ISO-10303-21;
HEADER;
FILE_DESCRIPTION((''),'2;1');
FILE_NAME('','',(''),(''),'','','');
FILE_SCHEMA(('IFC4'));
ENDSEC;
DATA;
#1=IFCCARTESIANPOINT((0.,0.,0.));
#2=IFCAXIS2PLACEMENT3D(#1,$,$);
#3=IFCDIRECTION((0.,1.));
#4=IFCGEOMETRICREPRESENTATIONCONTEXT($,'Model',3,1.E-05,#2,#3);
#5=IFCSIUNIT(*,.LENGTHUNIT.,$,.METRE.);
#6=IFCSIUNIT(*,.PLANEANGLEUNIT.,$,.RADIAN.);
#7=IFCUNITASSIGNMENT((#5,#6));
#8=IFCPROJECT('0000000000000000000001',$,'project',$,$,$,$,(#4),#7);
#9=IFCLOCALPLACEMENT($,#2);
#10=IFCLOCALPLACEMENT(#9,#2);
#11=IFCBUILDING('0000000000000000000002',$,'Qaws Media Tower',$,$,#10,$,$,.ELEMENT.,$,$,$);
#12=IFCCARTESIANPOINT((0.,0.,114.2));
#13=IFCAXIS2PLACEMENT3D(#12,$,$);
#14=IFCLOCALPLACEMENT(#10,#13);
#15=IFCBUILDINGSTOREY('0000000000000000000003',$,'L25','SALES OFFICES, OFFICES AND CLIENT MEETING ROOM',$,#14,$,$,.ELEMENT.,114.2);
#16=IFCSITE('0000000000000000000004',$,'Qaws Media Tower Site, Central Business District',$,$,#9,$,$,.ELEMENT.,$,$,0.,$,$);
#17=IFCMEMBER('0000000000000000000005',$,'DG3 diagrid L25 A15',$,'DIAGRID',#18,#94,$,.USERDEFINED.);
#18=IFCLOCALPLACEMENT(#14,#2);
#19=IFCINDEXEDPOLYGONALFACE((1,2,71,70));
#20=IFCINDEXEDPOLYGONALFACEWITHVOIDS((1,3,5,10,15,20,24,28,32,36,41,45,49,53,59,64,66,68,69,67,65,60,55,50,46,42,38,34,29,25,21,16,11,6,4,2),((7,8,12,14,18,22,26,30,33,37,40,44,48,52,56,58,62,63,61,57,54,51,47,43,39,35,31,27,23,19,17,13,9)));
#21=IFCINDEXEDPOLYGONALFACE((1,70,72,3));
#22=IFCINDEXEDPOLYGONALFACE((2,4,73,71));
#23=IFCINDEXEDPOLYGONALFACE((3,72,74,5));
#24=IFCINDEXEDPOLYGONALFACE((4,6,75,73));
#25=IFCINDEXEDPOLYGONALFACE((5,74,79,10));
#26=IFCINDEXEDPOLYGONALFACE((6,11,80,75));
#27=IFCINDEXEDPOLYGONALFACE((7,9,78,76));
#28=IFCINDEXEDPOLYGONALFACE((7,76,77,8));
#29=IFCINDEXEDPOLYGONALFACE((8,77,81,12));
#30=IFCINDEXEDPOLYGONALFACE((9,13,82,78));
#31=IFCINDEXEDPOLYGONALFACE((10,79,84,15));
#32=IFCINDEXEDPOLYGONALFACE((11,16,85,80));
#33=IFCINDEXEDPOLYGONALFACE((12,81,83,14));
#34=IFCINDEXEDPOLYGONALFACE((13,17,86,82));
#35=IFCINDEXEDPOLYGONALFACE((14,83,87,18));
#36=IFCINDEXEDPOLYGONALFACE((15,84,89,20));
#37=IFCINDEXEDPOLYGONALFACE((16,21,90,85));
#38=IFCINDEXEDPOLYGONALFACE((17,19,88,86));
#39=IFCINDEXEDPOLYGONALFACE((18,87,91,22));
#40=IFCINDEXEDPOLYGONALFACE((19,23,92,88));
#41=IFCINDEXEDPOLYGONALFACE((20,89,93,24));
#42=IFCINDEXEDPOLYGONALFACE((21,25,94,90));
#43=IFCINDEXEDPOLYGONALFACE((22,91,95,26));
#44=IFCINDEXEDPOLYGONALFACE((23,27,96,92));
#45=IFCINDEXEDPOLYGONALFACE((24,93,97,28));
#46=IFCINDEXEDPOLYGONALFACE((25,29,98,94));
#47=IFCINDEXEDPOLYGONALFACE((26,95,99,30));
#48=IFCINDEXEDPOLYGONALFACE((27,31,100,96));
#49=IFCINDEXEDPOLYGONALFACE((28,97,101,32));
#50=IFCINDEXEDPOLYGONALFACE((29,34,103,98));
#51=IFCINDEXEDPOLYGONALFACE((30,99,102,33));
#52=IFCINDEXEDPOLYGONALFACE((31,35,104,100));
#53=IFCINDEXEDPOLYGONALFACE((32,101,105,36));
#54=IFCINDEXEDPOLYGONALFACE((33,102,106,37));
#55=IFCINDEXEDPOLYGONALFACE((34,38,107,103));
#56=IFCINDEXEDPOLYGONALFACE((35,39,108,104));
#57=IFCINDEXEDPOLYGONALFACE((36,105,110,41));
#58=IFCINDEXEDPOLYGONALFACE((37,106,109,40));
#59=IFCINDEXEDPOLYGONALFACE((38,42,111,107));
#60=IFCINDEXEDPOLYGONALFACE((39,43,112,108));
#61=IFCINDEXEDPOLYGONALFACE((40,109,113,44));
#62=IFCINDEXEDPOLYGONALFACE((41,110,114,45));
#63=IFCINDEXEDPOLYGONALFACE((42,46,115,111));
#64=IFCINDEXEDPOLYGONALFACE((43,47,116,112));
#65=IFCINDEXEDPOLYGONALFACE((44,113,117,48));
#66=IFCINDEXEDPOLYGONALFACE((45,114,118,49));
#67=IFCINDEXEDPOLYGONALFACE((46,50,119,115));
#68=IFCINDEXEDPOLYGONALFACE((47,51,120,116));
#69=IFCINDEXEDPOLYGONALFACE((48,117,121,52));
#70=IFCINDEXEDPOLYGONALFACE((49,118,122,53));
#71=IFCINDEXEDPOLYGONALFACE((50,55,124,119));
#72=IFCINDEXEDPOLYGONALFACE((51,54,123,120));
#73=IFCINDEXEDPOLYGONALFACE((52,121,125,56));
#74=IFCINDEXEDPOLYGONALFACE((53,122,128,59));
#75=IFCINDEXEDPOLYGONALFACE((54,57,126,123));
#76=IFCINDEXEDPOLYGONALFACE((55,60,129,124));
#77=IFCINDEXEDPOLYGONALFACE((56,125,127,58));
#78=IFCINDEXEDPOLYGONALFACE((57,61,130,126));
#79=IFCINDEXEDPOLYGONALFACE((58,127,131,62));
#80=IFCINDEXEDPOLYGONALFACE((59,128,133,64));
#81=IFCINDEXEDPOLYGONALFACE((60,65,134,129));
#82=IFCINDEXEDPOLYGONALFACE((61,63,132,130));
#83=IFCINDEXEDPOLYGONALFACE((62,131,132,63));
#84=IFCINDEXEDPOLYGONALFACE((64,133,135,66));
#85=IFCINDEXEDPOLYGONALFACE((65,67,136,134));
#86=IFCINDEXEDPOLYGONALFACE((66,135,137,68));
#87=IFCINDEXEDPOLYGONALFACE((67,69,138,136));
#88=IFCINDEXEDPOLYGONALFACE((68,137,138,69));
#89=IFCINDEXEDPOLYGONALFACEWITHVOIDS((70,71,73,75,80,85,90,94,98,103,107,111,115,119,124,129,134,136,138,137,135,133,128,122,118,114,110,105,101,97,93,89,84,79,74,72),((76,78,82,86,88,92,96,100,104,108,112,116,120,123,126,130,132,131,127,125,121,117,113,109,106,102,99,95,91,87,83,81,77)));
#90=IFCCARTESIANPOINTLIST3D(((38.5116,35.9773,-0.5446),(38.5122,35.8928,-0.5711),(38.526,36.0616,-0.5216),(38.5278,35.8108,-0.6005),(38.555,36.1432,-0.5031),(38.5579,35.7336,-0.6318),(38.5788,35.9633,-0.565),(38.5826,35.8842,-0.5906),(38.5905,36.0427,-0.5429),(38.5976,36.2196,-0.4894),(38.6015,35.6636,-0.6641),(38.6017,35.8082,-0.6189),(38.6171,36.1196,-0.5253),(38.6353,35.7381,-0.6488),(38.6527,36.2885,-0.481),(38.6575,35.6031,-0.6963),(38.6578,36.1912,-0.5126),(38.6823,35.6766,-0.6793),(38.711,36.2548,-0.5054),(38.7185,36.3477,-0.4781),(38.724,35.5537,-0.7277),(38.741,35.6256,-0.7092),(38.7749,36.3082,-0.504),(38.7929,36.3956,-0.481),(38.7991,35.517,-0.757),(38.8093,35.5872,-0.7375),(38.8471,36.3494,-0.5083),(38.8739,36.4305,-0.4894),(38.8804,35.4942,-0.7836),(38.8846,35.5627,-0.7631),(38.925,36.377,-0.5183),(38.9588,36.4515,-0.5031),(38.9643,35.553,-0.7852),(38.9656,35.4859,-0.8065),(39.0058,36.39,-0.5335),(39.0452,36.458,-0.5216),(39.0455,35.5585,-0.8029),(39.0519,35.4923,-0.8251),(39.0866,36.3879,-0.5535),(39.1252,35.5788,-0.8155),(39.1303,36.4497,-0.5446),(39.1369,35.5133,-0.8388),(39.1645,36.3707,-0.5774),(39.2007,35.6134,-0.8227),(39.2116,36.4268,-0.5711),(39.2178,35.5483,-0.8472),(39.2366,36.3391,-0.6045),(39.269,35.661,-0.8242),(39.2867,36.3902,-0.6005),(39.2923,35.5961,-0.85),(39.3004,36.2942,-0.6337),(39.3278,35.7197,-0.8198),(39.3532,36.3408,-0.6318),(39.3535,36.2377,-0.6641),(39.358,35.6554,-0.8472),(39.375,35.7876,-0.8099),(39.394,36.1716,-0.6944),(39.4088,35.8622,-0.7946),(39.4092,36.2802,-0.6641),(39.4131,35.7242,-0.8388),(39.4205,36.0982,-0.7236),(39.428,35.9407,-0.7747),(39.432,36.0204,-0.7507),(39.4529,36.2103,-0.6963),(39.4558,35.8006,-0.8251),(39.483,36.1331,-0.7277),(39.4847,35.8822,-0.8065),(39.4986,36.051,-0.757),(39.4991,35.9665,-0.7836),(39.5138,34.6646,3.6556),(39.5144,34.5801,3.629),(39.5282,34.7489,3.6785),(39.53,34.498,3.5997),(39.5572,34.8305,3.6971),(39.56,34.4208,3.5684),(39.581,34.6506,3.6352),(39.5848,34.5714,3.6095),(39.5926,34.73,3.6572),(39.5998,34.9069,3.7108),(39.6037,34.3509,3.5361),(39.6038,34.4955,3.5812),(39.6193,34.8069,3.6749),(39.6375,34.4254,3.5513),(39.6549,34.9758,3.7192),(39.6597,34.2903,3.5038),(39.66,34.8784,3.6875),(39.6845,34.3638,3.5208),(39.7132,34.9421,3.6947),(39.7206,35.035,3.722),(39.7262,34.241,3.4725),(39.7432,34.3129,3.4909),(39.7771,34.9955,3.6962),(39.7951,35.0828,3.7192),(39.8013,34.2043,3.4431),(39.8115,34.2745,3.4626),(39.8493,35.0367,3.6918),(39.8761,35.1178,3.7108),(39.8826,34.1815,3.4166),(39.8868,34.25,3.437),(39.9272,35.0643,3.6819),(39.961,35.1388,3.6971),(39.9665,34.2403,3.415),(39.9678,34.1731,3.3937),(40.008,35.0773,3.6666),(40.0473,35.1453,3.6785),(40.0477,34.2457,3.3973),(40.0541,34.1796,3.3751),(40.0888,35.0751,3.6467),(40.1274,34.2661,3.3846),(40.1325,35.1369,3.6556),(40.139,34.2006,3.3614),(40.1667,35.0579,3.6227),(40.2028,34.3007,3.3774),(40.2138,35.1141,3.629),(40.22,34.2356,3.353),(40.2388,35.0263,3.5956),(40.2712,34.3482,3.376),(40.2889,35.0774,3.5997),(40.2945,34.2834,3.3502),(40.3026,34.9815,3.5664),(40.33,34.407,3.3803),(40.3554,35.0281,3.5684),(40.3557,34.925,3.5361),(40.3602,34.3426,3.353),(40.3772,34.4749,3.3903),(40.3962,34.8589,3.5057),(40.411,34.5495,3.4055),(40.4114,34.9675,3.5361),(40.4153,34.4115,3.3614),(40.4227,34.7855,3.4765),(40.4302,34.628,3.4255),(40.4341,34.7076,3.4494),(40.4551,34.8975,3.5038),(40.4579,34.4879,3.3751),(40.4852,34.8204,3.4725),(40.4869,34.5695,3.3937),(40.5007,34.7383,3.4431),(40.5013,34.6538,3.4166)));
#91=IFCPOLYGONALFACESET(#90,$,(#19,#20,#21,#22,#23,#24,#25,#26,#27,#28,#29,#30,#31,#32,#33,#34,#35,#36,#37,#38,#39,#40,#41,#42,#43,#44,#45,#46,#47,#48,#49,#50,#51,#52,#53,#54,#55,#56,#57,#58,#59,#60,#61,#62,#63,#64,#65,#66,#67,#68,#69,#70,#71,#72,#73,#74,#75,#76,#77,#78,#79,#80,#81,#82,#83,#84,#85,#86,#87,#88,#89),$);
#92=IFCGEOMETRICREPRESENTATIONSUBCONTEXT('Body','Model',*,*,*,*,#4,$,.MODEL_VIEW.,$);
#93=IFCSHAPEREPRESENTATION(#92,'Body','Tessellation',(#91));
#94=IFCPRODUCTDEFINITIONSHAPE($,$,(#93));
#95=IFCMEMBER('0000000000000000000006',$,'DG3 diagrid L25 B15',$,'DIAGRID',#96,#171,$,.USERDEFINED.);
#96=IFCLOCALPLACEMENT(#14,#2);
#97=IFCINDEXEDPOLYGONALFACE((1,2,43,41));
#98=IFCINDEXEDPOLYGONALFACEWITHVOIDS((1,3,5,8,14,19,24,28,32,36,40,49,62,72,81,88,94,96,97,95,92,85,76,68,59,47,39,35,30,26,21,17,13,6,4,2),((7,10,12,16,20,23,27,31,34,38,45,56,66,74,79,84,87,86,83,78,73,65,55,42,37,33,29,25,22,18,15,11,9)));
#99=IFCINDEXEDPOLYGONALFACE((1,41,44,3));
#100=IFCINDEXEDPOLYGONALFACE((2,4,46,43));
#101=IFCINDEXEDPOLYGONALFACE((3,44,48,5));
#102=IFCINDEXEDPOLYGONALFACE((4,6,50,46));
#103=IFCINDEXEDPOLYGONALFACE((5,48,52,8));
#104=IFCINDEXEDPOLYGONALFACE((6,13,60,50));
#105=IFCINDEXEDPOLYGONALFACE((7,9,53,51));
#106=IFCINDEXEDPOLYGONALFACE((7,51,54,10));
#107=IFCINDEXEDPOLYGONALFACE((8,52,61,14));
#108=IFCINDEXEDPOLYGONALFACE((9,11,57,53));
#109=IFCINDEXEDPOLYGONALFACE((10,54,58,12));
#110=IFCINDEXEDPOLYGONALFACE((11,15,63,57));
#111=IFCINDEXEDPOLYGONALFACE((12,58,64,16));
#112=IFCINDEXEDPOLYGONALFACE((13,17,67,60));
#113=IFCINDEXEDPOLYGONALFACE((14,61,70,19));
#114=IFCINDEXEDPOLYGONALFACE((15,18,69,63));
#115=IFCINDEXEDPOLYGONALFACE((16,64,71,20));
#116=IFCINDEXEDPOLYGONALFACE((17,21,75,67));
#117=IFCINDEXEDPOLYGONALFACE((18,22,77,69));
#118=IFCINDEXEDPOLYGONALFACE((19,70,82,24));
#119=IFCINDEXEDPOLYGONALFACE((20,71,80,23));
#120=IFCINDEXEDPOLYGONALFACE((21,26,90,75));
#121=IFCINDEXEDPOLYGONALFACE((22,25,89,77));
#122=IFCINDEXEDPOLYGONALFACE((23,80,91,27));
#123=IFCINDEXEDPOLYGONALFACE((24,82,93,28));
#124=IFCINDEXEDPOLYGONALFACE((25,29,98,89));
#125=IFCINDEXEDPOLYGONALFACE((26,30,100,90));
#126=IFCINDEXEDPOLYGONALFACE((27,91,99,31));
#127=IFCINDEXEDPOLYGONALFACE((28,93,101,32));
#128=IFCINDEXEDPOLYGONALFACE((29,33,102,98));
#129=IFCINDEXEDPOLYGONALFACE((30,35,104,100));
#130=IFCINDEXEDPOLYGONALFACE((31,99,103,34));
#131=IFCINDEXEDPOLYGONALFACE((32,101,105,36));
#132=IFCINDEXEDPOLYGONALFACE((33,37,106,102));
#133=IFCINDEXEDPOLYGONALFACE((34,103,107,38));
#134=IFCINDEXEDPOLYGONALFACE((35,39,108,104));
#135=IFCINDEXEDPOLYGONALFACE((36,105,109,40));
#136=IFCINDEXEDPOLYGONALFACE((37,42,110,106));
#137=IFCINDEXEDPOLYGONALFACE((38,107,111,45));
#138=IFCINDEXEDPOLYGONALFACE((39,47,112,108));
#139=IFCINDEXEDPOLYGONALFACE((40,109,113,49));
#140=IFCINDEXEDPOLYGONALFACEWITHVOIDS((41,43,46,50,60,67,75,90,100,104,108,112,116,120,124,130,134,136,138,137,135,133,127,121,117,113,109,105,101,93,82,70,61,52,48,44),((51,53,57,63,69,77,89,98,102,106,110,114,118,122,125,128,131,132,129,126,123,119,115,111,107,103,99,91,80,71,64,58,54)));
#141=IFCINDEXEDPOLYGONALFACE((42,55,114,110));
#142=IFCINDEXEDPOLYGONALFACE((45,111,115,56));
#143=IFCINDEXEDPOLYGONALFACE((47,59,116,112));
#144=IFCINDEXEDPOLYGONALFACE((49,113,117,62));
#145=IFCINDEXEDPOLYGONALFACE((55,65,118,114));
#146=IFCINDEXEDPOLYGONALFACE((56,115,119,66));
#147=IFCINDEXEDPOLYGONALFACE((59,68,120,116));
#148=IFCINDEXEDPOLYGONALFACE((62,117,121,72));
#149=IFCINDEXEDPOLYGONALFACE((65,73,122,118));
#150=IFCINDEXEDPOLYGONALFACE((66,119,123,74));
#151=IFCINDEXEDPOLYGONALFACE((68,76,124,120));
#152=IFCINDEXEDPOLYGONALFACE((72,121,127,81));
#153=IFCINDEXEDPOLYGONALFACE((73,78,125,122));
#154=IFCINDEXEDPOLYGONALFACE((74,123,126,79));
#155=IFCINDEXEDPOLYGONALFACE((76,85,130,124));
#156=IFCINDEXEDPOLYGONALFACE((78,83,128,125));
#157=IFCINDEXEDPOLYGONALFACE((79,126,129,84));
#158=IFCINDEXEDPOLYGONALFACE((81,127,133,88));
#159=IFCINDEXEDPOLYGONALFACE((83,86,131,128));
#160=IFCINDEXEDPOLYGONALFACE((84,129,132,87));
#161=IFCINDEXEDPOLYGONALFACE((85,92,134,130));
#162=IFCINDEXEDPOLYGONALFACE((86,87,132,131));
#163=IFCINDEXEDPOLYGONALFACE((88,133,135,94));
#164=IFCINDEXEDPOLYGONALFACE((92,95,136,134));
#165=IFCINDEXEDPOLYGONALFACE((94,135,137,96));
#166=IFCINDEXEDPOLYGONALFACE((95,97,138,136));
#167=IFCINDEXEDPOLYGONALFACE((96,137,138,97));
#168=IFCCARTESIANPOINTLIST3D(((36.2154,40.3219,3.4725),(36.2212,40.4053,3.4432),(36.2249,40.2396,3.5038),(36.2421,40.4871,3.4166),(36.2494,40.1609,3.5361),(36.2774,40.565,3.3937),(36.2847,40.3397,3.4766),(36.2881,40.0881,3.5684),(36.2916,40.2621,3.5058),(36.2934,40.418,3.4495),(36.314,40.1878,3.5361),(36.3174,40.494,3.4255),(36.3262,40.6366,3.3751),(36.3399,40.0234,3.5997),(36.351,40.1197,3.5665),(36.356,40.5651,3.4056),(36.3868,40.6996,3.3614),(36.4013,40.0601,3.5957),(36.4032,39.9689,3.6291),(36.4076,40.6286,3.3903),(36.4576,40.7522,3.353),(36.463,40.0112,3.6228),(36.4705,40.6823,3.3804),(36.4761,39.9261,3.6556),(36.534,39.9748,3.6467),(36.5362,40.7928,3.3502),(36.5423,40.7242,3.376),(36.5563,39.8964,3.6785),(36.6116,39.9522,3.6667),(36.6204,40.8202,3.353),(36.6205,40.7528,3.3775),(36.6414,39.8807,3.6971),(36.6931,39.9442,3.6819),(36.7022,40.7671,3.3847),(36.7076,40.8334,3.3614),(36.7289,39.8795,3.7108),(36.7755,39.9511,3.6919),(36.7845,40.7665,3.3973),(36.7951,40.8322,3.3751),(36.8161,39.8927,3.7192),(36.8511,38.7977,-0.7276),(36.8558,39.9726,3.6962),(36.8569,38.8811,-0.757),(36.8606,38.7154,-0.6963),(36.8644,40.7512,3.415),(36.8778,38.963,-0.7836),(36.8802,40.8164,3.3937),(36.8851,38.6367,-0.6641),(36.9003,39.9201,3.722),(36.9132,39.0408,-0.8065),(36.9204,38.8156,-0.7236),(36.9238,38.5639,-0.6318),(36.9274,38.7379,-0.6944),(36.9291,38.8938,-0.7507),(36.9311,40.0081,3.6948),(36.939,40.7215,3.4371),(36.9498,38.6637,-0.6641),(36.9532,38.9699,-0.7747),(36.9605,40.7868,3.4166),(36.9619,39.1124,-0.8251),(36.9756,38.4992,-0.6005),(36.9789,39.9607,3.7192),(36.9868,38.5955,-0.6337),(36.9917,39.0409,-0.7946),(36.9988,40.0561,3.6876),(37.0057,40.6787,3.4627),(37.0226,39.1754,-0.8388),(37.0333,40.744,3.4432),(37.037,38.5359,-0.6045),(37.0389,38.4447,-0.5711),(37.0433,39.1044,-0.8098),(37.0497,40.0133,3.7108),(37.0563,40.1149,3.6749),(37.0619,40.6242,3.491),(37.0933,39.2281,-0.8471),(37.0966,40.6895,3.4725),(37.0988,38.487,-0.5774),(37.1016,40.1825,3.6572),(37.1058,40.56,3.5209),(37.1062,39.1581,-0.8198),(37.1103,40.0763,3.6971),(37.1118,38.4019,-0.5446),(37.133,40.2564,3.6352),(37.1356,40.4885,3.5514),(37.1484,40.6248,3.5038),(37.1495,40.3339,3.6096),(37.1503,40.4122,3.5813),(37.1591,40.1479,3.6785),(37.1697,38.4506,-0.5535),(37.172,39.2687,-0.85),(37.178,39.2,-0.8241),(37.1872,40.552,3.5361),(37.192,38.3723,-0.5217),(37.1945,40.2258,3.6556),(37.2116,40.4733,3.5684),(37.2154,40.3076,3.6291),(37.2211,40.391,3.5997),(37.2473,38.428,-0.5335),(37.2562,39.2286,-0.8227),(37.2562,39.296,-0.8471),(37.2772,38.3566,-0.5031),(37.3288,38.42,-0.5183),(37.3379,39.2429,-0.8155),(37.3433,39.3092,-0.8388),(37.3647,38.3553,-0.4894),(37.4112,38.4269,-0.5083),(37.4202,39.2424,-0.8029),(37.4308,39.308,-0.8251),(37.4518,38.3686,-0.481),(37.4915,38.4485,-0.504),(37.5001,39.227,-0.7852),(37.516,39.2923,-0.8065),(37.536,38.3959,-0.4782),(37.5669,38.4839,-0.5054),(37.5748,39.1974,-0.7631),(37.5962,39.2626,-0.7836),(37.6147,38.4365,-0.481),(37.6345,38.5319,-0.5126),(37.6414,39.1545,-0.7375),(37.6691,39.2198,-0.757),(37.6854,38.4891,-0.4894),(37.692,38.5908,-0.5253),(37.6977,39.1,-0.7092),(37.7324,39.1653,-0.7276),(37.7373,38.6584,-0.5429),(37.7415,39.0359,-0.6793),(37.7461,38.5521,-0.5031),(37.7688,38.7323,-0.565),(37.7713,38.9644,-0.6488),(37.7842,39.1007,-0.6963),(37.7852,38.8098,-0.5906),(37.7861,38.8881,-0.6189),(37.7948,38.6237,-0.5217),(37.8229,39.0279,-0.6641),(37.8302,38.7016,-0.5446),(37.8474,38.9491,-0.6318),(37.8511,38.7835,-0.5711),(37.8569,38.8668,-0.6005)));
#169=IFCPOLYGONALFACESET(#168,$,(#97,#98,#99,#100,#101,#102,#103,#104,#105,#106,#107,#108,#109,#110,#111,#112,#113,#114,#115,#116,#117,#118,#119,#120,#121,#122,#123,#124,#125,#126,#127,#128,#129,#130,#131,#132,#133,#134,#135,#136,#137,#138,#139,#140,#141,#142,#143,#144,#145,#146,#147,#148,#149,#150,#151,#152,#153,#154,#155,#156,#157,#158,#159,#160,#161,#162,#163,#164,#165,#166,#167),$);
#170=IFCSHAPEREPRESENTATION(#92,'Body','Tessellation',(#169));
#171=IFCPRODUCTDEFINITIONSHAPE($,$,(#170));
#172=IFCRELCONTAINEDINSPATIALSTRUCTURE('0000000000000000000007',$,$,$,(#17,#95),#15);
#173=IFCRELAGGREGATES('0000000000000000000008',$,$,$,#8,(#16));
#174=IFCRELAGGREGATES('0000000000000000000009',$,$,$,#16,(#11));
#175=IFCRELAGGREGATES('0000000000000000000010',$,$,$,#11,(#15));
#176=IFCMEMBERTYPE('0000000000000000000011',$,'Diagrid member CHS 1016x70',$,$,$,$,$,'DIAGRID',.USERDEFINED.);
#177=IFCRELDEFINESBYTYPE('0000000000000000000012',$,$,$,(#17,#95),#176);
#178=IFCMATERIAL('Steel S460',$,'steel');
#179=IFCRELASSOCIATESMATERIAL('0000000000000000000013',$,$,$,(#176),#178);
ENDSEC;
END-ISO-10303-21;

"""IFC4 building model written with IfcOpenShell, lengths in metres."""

from ifc_helpers import new_model, si_unit, direction, frame, origin, origin_2d, place, context, subcontext, project, spatial, hollow_circle, extrude, material, material_profile, profile_set, type_object, element, save


model = new_model("IFC4")

# Units and contexts
model_context = context("Model", 3, precision=1e-05, world=origin(), true_north=direction((0.0, 1.0)))
body_context = subcontext(model_context, "Body", "Model", "MODEL_VIEW")
ifc_project = project(units=[si_unit("LENGTHUNIT", "METRE"), si_unit("PLANEANGLEUNIT", "RADIAN")], contexts=[model_context])

# Site, building, storey
site_placement = place(None, origin())
site = spatial("IfcSite", under=ifc_project, at=site_placement, Name="Qaws Media Tower Site, Central Business District", CompositionType="ELEMENT", RefElevation=0.0)
building_placement = place(site_placement, origin())
building = spatial("IfcBuilding", under=site, at=building_placement, Name="Qaws Media Tower", CompositionType="ELEMENT")
storey_placement = place(building_placement, frame((0.0, 0.0, 114.2)))
storey = spatial("IfcBuildingStorey", under=building, at=storey_placement, Name="L25", Description="SALES OFFICES, OFFICES AND CLIENT MEETING ROOM", CompositionType="ELEMENT", Elevation=114.2)

# Members
ifc_material_1 = material(Name="Steel S460", Category="steel")
ifc_material_profile_1 = material_profile(ifc_material_1, hollow_circle(Radius=0.5081, WallThickness=0.0701, at=origin_2d()), Name="CHS 1016x70")
ifc_profile_set_1 = profile_set([ifc_material_profile_1], Name="Steel S460")
member_type_1 = type_object("IfcMemberType", Name="Diagrid member CHS 1016x70", ElementType="DIAGRID", PredefinedType="USERDEFINED", material=ifc_profile_set_1)
for number, where, z_axis, x_axis, name in (
    (1, (39.0054, 35.9719, -0.6641), (0.222057, -0.290865, 0.930639), (0.794844, 0.606813, 0.0), "DG3 diagrid L25 A15"),
    (2, (37.354, 38.8323, -0.6641), (-0.140863, 0.337714, 0.930648), (-0.922933, -0.384962, 0.0), "DG3 diagrid L25 B15"),
):
    element("IfcMember", number, at=place(storey_placement, frame(where, z_axis=z_axis, x_axis=x_axis)), inside=storey, type_object=member_type_1, Name=name, ObjectType="DIAGRID", PredefinedType="USERDEFINED", context=body_context, shape_type="SweptSolid", body=[
        extrude(hollow_circle(Radius=0.5081, WallThickness=0.0701, at=origin_2d()), origin(), (0.0, 0.0, 1.0), 4.5132),
    ])

save(model, "model.ifc")
